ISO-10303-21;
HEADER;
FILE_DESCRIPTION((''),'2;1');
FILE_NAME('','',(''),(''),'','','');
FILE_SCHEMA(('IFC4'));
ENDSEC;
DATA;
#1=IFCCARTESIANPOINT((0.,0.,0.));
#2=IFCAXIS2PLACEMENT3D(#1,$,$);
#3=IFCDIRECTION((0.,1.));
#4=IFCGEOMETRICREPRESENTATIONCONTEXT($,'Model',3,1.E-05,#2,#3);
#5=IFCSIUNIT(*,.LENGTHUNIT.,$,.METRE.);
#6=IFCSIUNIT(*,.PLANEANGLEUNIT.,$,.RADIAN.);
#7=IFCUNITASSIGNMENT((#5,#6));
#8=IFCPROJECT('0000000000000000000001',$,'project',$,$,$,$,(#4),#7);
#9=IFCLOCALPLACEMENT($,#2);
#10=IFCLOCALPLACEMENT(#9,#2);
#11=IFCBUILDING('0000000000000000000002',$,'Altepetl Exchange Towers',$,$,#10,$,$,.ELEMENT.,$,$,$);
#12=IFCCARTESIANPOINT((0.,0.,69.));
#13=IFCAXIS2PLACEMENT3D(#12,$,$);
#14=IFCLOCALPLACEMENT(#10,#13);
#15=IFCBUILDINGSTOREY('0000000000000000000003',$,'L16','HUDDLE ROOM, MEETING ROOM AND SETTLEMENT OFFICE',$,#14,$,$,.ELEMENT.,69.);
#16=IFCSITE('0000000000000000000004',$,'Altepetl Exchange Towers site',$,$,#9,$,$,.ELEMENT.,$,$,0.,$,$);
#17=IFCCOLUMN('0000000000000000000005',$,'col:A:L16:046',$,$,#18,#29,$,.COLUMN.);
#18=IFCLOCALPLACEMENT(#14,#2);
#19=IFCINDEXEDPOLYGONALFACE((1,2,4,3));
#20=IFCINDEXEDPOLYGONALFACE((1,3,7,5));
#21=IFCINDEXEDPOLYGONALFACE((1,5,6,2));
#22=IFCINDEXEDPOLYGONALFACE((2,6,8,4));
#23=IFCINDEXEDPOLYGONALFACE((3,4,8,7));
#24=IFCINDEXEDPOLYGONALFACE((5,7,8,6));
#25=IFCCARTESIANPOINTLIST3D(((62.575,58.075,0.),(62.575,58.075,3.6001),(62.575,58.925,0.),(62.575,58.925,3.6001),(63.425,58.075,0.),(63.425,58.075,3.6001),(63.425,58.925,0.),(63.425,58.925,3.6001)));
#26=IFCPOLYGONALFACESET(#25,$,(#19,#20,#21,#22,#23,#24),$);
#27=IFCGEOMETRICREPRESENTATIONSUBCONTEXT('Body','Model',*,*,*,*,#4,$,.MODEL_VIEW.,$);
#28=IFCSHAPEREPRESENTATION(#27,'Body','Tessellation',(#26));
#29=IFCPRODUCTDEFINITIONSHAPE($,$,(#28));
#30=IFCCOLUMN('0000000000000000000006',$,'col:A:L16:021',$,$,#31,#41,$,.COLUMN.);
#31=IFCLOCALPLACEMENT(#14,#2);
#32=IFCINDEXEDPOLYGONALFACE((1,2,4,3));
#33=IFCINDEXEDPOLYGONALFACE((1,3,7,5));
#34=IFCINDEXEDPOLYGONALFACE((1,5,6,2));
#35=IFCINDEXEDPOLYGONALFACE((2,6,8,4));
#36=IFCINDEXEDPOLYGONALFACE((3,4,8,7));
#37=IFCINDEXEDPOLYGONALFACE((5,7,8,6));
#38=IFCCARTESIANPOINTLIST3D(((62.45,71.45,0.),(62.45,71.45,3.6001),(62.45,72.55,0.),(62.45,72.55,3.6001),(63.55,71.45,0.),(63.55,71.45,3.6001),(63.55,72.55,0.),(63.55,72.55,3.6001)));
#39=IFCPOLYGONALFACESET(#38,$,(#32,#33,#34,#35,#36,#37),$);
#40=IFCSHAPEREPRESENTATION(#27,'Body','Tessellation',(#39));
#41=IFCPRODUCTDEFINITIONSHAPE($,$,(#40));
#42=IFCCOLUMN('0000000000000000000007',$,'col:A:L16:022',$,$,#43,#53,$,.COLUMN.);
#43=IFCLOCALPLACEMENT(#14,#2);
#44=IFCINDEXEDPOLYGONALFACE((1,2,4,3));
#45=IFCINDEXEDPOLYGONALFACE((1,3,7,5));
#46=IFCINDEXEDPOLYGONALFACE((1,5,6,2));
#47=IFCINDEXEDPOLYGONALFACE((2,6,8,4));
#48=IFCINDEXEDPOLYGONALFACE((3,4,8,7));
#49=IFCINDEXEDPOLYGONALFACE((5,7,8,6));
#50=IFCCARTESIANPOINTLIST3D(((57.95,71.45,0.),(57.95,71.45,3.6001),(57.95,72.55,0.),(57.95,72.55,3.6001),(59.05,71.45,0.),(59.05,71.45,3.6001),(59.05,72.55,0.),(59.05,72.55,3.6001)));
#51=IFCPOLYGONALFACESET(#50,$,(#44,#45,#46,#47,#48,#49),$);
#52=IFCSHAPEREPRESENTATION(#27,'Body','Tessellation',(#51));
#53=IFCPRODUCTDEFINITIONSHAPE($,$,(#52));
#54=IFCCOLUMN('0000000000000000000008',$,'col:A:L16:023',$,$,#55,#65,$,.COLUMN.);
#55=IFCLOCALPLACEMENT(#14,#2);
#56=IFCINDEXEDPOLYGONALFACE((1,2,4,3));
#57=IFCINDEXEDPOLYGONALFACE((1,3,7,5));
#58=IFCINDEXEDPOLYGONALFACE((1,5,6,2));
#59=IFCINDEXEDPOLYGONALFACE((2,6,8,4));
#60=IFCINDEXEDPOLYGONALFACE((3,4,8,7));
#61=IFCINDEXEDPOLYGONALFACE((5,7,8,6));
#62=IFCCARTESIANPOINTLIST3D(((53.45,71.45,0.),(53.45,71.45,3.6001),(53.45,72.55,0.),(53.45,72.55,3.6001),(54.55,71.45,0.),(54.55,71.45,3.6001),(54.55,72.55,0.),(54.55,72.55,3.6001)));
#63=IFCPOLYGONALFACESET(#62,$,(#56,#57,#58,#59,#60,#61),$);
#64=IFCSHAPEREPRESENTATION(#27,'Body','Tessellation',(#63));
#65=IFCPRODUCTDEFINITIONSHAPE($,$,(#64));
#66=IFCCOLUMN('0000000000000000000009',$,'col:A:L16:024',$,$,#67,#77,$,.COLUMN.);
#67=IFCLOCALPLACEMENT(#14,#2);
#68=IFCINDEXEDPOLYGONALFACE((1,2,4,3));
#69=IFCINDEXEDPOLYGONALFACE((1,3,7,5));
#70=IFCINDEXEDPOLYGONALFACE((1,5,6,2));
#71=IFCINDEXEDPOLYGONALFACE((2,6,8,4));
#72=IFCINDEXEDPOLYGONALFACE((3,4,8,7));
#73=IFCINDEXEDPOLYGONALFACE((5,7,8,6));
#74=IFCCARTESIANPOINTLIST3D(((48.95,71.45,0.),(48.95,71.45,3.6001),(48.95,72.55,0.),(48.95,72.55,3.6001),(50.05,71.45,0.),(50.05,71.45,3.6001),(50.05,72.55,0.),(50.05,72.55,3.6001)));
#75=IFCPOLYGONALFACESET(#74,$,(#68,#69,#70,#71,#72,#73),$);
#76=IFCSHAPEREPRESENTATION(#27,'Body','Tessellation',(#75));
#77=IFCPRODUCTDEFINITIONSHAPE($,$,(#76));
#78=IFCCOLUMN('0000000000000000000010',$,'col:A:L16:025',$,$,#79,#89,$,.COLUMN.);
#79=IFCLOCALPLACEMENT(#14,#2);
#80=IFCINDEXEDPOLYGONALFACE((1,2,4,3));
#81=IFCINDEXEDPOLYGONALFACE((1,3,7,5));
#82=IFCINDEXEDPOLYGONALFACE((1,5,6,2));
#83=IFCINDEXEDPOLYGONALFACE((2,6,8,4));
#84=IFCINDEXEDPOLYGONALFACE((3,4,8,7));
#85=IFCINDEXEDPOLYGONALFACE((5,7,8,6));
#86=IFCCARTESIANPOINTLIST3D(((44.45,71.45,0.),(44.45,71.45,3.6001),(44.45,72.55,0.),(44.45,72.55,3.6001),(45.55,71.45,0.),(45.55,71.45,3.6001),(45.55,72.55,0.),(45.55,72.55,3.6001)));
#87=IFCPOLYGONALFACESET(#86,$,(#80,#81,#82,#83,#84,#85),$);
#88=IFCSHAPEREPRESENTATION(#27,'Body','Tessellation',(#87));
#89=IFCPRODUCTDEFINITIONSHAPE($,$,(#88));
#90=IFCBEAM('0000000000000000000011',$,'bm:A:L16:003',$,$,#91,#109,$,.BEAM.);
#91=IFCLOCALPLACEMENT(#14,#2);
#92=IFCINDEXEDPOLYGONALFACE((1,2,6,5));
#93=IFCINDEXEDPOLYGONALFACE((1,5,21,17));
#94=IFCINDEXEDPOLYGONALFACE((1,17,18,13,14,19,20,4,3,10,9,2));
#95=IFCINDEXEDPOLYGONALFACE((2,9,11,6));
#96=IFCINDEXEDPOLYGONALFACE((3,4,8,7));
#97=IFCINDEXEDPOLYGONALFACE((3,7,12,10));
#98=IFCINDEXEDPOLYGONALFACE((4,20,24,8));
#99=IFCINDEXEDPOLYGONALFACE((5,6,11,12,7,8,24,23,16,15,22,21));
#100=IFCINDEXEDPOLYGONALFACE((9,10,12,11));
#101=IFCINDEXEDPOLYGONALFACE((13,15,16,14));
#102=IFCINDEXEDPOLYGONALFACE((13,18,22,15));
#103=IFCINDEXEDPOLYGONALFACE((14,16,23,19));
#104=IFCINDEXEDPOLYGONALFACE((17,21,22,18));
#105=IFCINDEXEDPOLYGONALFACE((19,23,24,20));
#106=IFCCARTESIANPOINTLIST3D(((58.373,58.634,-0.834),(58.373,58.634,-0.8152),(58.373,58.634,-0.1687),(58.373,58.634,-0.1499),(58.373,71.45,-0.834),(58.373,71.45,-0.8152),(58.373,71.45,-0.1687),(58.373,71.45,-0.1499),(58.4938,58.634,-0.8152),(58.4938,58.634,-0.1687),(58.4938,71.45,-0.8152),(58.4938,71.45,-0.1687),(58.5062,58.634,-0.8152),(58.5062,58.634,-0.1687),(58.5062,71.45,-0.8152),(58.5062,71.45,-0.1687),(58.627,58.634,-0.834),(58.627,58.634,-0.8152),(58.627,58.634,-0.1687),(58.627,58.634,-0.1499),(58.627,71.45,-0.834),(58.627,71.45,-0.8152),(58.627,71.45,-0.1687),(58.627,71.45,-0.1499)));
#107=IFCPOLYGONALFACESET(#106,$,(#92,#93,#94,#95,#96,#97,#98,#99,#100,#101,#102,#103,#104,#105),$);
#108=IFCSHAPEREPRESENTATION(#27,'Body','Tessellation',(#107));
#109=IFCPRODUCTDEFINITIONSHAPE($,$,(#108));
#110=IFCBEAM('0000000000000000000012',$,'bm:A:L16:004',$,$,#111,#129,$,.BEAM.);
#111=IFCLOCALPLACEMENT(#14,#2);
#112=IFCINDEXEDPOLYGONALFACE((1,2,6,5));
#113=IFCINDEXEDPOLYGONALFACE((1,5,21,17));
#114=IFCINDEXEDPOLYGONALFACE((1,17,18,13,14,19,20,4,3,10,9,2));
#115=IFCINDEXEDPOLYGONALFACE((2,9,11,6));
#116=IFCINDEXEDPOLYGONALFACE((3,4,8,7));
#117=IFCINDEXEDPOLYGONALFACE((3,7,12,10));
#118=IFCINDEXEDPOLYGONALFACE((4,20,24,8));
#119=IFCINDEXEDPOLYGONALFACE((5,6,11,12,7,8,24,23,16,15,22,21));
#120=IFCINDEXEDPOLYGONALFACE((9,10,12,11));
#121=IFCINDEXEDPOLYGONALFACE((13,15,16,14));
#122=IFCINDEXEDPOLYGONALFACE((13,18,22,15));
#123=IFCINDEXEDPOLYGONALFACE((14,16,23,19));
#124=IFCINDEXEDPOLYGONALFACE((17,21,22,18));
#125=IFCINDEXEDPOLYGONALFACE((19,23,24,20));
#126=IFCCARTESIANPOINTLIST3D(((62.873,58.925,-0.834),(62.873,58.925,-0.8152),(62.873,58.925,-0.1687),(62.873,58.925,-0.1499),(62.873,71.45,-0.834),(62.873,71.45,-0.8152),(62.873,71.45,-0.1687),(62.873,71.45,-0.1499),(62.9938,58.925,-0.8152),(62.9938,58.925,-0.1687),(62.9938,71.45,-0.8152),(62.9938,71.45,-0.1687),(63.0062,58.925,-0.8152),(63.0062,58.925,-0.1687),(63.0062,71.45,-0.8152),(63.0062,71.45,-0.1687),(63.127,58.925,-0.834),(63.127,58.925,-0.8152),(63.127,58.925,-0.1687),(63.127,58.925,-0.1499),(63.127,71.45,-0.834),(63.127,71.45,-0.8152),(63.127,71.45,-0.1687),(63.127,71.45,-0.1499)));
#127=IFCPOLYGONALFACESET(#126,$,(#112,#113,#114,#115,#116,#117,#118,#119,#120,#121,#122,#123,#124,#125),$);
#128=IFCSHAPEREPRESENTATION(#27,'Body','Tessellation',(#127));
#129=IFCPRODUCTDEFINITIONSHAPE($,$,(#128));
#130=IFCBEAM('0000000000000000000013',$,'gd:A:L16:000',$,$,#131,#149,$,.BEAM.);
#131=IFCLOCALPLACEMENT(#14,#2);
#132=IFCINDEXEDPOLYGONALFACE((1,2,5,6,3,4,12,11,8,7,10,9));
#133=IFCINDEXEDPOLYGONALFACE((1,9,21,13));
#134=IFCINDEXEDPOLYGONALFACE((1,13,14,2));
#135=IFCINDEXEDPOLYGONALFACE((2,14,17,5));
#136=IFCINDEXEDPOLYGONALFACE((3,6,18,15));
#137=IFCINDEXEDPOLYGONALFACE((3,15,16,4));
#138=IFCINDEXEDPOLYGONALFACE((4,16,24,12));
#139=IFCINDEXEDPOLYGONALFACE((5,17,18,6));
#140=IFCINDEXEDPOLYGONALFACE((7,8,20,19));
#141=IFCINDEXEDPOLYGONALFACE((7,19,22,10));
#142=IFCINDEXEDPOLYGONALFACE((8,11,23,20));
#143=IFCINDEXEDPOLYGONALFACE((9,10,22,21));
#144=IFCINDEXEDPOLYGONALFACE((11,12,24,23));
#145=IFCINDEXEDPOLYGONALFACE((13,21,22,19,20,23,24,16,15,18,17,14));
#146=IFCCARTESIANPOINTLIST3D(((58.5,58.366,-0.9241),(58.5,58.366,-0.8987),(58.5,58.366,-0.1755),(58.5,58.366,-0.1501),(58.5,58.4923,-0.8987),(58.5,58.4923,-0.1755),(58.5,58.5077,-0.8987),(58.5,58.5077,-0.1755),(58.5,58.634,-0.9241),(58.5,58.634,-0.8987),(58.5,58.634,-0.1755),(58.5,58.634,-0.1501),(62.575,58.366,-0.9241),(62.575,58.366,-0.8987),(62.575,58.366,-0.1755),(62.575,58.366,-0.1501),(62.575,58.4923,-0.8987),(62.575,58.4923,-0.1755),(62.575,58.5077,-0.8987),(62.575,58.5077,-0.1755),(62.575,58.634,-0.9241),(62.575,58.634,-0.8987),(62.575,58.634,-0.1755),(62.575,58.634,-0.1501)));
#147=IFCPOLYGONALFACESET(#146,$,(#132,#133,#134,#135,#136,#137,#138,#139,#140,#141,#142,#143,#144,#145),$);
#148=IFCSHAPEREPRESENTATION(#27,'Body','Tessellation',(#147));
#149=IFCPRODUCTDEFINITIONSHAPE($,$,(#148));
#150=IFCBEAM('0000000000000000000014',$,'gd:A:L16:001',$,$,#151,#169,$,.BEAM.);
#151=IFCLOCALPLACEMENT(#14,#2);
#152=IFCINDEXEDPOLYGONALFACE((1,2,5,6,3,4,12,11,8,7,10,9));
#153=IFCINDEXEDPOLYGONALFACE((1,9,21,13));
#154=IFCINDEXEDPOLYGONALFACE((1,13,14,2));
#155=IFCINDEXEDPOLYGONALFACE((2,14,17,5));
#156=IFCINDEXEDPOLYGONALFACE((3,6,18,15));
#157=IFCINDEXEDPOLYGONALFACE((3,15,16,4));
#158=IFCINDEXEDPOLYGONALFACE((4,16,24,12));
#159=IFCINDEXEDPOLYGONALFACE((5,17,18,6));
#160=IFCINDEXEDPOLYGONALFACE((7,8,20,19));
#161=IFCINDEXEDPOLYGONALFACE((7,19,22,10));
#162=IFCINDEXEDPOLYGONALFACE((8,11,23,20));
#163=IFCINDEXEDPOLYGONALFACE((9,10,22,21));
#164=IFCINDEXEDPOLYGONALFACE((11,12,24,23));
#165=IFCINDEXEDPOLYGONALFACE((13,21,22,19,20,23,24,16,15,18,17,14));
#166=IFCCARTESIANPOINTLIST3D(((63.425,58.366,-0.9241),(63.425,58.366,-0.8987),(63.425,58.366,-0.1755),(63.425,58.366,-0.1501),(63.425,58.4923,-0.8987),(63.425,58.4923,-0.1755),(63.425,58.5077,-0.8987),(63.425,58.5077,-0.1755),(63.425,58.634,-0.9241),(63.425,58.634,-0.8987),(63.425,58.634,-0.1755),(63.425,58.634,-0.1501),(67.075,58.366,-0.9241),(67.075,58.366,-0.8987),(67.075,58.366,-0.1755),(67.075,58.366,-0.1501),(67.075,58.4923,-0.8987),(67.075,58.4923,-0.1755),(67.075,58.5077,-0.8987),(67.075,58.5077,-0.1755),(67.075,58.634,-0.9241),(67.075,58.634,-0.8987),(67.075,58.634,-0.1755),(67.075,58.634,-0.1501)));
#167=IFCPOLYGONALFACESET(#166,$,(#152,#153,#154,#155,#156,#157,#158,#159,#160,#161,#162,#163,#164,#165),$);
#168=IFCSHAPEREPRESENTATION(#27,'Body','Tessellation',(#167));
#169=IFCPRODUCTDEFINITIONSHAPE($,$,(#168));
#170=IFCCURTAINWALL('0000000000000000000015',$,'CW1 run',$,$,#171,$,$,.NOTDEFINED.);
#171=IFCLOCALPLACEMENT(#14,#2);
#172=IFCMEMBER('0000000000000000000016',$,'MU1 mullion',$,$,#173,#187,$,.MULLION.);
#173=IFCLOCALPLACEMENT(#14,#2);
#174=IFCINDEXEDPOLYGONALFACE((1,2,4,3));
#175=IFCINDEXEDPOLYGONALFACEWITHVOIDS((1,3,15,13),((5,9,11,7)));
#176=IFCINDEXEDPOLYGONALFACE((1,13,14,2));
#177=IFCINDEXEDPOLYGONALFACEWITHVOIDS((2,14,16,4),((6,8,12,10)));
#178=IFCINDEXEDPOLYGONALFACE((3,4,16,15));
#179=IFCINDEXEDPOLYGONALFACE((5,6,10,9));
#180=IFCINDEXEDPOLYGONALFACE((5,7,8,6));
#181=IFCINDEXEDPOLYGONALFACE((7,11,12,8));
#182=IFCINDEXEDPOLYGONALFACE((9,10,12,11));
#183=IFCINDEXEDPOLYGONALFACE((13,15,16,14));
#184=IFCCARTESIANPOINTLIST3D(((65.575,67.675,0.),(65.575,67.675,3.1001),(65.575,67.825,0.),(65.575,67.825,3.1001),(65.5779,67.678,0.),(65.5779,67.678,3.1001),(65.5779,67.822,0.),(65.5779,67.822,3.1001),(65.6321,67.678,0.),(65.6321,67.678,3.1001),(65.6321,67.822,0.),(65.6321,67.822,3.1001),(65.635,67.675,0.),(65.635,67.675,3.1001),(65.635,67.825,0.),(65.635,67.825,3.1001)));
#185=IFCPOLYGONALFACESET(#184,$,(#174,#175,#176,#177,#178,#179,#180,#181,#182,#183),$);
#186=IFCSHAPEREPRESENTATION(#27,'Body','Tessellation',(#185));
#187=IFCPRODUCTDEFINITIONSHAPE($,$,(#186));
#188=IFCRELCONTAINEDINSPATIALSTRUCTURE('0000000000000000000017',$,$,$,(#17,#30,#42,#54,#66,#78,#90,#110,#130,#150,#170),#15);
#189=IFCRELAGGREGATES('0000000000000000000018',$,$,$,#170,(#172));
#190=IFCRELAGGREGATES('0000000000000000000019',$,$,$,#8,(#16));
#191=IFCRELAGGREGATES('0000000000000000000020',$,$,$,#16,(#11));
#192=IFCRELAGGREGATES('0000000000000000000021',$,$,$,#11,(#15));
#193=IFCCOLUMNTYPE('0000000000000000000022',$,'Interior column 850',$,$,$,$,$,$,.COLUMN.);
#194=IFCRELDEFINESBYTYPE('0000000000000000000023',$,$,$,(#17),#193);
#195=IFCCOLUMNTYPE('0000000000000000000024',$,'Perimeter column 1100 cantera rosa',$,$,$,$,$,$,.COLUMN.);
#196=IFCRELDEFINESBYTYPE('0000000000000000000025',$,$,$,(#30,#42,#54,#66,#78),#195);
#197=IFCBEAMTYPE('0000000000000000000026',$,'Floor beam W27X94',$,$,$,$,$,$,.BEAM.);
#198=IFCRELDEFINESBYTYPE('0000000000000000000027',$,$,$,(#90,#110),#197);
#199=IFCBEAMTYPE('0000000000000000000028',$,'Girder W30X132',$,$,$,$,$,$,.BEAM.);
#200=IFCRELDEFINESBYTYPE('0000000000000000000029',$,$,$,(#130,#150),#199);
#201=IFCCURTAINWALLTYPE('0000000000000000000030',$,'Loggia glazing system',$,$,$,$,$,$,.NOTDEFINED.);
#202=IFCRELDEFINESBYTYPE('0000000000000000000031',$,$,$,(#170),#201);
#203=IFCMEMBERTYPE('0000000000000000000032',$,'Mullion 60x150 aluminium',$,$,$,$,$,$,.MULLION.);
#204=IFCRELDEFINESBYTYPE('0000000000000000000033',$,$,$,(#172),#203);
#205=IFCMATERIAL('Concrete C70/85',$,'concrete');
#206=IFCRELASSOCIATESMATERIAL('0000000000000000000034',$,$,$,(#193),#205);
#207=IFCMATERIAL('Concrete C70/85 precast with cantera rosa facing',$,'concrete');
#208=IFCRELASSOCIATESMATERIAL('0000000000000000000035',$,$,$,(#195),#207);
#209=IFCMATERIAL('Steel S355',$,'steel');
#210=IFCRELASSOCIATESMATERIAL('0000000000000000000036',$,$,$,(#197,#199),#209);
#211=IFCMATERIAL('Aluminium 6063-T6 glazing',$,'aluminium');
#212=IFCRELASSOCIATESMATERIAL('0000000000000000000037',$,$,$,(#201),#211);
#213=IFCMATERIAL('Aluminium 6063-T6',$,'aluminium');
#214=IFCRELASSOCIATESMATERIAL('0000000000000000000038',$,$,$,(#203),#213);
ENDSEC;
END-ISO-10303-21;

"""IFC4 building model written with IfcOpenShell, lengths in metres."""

from ifc_helpers import new_model, si_unit, direction, frame, origin, origin_2d, place, context, subcontext, project, spatial, rectangle, hollow_rectangle, i_section, extrude, material, material_profile, profile_set, type_object, element, aggregate, save


model = new_model("IFC4")

# Units and contexts
model_context = context("Model", 3, precision=1e-05, world=origin(), true_north=direction((0.0, 1.0)))
body_context = subcontext(model_context, "Body", "Model", "MODEL_VIEW")
ifc_project = project(units=[si_unit("LENGTHUNIT", "METRE"), si_unit("PLANEANGLEUNIT", "RADIAN")], contexts=[model_context])

# Site, building, storey
site_placement = place(None, origin())
site = spatial("IfcSite", under=ifc_project, at=site_placement, Name="Altepetl Exchange Towers site", CompositionType="ELEMENT", RefElevation=0.0)
building_placement = place(site_placement, origin())
building = spatial("IfcBuilding", under=site, at=building_placement, Name="Altepetl Exchange Towers", CompositionType="ELEMENT")
storey_placement = place(building_placement, frame((0.0, 0.0, 69.0)))
storey = spatial("IfcBuildingStorey", under=building, at=storey_placement, Name="L16", Description="HUDDLE ROOM, MEETING ROOM AND SETTLEMENT OFFICE", CompositionType="ELEMENT", Elevation=69.0)

# Columns
ifc_material_1 = material(Name="Concrete C70/85", Category="concrete")
ifc_material_profile_1 = material_profile(ifc_material_1, rectangle(XDim=0.8501, YDim=0.8501, at=origin_2d()), Name="850 x 850")
ifc_profile_set_1 = profile_set([ifc_material_profile_1], Name="Concrete C70/85")
column_type_1 = type_object("IfcColumnType", Name="Interior column 850", PredefinedType="COLUMN", material=ifc_profile_set_1)
column_placement = place(storey_placement, frame((63.0, 58.5, 0.0)))
element("IfcColumn", 1, at=column_placement, inside=storey, type_object=column_type_1, Name="col:A:L16:046", PredefinedType="COLUMN", context=body_context, shape_type="SweptSolid", body=[
    extrude(rectangle(XDim=0.8501, YDim=0.8501, at=origin_2d()), origin(), (0.0, 0.0, 1.0), 3.6001),
])
ifc_material_2 = material(Name="Concrete C70/85 precast with cantera rosa facing", Category="concrete")
ifc_material_profile_2 = material_profile(ifc_material_2, rectangle(XDim=1.1001, YDim=1.1001, at=origin_2d()), Name="1100 x 1100")
ifc_profile_set_2 = profile_set([ifc_material_profile_2], Name="Concrete C70/85 precast with cantera rosa facing")
column_type_2 = type_object("IfcColumnType", Name="Perimeter column 1100 cantera rosa", PredefinedType="COLUMN", material=ifc_profile_set_2)
for number, where, name in (
    (2, (63.0, 72.0, 0.0), "col:A:L16:021"),
    (3, (58.5, 72.0, 0.0), "col:A:L16:022"),
    (4, (54.0, 72.0, 0.0), "col:A:L16:023"),
    (5, (49.5, 72.0, 0.0), "col:A:L16:024"),
    (6, (45.0, 72.0, 0.0), "col:A:L16:025"),
):
    element("IfcColumn", number, at=place(storey_placement, frame(where)), inside=storey, type_object=column_type_2, Name=name, PredefinedType="COLUMN", context=body_context, shape_type="SweptSolid", body=[
        extrude(rectangle(XDim=1.1001, YDim=1.1001, at=origin_2d()), origin(), (0.0, 0.0, 1.0), 3.6001),
    ])

# Beams
ifc_material_3 = material(Name="Steel S355", Category="steel")
ifc_material_profile_3 = material_profile(ifc_material_3, i_section(OverallWidth=0.2539, OverallDepth=0.6841, WebThickness=0.0125, FlangeThickness=0.0188, at=origin_2d()), Name="W27X94")
ifc_profile_set_3 = profile_set([ifc_material_profile_3], Name="Steel S355")
beam_type_1 = type_object("IfcBeamType", Name="Floor beam W27X94", PredefinedType="BEAM", material=ifc_profile_set_3)
beam_1_placement = place(storey_placement, frame((58.5, 58.634, -0.4919), z_axis=(0.0, 1.0, 0.0), x_axis=(-1.0, 0.0, 0.0)))
element("IfcBeam", 7, at=beam_1_placement, inside=storey, type_object=beam_type_1, Name="bm:A:L16:003", PredefinedType="BEAM", context=body_context, shape_type="SweptSolid", body=[
    extrude(i_section(OverallWidth=0.2539, OverallDepth=0.6841, WebThickness=0.0125, FlangeThickness=0.0188, at=origin_2d()), origin(), (0.0, 0.0, 1.0), 12.8159),
])
beam_2_placement = place(storey_placement, frame((63.0, 58.925, -0.4919), z_axis=(0.0, 1.0, 0.0), x_axis=(-1.0, 0.0, 0.0)))
element("IfcBeam", 8, at=beam_2_placement, inside=storey, type_object=beam_type_1, Name="bm:A:L16:004", PredefinedType="BEAM", context=body_context, shape_type="SweptSolid", body=[
    extrude(i_section(OverallWidth=0.2539, OverallDepth=0.6841, WebThickness=0.0125, FlangeThickness=0.0188, at=origin_2d()), origin(), (0.0, 0.0, 1.0), 12.5249),
])
ifc_material_profile_4 = material_profile(ifc_material_3, i_section(OverallWidth=0.2681, OverallDepth=0.7739, WebThickness=0.0154, FlangeThickness=0.0254, at=origin_2d()), Name="W30X132")
ifc_profile_set_4 = profile_set([ifc_material_profile_4], Name="Steel S355")
beam_type_2 = type_object("IfcBeamType", Name="Girder W30X132", PredefinedType="BEAM", material=ifc_profile_set_4)
beam_3_placement = place(storey_placement, frame((58.5, 58.5, -0.5371), z_axis=(1.0, 0.0, 0.0), x_axis=(0.0, 1.0, 0.0)))
element("IfcBeam", 9, at=beam_3_placement, inside=storey, type_object=beam_type_2, Name="gd:A:L16:000", PredefinedType="BEAM", context=body_context, shape_type="SweptSolid", body=[
    extrude(i_section(OverallWidth=0.2681, OverallDepth=0.7739, WebThickness=0.0154, FlangeThickness=0.0254, at=origin_2d()), origin(), (0.0, 0.0, 1.0), 4.075),
])
beam_4_placement = place(storey_placement, frame((63.425, 58.5, -0.5371), z_axis=(1.0, 0.0, 0.0), x_axis=(0.0, 1.0, 0.0)))
element("IfcBeam", 10, at=beam_4_placement, inside=storey, type_object=beam_type_2, Name="gd:A:L16:001", PredefinedType="BEAM", context=body_context, shape_type="SweptSolid", body=[
    extrude(i_section(OverallWidth=0.2681, OverallDepth=0.7739, WebThickness=0.0154, FlangeThickness=0.0254, at=origin_2d()), origin(), (0.0, 0.0, 1.0), 3.6499),
])

# Curtain wall, member
ifc_material_4 = material(Name="Aluminium 6063-T6 glazing", Category="aluminium")
curtain_wall_type = type_object("IfcCurtainWallType", Name="Loggia glazing system", PredefinedType="NOTDEFINED", material=ifc_material_4)
curtain_wall_1_placement = place(storey_placement, origin())
curtain_wall_1 = element("IfcCurtainWall", 11, at=curtain_wall_1_placement, inside=storey, type_object=curtain_wall_type, Name="CW1 run", PredefinedType="NOTDEFINED")
ifc_material_5 = material(Name="Aluminium 6063-T6", Category="aluminium")
ifc_material_profile_5 = material_profile(ifc_material_5, hollow_rectangle(XDim=0.0601, YDim=0.1499, WallThickness=0.0029, at=origin_2d()), Name="Mullion 60x150 aluminium")
ifc_profile_set_5 = profile_set([ifc_material_profile_5], Name="Aluminium 6063-T6")
member_type = type_object("IfcMemberType", Name="Mullion 60x150 aluminium", PredefinedType="MULLION", material=ifc_profile_set_5)
member_1_placement = place(storey_placement, frame((65.605, 67.75, 0.0), z_axis=(0.0, 0.0, 1.0), x_axis=(-1.0, 0.0, 0.0)))
member_1 = element("IfcMember", 12, at=member_1_placement, type_object=member_type, Name="MU1 mullion", PredefinedType="MULLION", context=body_context, shape_type="SweptSolid", body=[
    extrude(hollow_rectangle(XDim=0.0601, YDim=0.1499, WallThickness=0.0029, at=origin_2d()), origin(), (0.0, 0.0, 1.0), 3.1001),
])
aggregate(curtain_wall_1, [member_1])

save(model, "model.ifc")
